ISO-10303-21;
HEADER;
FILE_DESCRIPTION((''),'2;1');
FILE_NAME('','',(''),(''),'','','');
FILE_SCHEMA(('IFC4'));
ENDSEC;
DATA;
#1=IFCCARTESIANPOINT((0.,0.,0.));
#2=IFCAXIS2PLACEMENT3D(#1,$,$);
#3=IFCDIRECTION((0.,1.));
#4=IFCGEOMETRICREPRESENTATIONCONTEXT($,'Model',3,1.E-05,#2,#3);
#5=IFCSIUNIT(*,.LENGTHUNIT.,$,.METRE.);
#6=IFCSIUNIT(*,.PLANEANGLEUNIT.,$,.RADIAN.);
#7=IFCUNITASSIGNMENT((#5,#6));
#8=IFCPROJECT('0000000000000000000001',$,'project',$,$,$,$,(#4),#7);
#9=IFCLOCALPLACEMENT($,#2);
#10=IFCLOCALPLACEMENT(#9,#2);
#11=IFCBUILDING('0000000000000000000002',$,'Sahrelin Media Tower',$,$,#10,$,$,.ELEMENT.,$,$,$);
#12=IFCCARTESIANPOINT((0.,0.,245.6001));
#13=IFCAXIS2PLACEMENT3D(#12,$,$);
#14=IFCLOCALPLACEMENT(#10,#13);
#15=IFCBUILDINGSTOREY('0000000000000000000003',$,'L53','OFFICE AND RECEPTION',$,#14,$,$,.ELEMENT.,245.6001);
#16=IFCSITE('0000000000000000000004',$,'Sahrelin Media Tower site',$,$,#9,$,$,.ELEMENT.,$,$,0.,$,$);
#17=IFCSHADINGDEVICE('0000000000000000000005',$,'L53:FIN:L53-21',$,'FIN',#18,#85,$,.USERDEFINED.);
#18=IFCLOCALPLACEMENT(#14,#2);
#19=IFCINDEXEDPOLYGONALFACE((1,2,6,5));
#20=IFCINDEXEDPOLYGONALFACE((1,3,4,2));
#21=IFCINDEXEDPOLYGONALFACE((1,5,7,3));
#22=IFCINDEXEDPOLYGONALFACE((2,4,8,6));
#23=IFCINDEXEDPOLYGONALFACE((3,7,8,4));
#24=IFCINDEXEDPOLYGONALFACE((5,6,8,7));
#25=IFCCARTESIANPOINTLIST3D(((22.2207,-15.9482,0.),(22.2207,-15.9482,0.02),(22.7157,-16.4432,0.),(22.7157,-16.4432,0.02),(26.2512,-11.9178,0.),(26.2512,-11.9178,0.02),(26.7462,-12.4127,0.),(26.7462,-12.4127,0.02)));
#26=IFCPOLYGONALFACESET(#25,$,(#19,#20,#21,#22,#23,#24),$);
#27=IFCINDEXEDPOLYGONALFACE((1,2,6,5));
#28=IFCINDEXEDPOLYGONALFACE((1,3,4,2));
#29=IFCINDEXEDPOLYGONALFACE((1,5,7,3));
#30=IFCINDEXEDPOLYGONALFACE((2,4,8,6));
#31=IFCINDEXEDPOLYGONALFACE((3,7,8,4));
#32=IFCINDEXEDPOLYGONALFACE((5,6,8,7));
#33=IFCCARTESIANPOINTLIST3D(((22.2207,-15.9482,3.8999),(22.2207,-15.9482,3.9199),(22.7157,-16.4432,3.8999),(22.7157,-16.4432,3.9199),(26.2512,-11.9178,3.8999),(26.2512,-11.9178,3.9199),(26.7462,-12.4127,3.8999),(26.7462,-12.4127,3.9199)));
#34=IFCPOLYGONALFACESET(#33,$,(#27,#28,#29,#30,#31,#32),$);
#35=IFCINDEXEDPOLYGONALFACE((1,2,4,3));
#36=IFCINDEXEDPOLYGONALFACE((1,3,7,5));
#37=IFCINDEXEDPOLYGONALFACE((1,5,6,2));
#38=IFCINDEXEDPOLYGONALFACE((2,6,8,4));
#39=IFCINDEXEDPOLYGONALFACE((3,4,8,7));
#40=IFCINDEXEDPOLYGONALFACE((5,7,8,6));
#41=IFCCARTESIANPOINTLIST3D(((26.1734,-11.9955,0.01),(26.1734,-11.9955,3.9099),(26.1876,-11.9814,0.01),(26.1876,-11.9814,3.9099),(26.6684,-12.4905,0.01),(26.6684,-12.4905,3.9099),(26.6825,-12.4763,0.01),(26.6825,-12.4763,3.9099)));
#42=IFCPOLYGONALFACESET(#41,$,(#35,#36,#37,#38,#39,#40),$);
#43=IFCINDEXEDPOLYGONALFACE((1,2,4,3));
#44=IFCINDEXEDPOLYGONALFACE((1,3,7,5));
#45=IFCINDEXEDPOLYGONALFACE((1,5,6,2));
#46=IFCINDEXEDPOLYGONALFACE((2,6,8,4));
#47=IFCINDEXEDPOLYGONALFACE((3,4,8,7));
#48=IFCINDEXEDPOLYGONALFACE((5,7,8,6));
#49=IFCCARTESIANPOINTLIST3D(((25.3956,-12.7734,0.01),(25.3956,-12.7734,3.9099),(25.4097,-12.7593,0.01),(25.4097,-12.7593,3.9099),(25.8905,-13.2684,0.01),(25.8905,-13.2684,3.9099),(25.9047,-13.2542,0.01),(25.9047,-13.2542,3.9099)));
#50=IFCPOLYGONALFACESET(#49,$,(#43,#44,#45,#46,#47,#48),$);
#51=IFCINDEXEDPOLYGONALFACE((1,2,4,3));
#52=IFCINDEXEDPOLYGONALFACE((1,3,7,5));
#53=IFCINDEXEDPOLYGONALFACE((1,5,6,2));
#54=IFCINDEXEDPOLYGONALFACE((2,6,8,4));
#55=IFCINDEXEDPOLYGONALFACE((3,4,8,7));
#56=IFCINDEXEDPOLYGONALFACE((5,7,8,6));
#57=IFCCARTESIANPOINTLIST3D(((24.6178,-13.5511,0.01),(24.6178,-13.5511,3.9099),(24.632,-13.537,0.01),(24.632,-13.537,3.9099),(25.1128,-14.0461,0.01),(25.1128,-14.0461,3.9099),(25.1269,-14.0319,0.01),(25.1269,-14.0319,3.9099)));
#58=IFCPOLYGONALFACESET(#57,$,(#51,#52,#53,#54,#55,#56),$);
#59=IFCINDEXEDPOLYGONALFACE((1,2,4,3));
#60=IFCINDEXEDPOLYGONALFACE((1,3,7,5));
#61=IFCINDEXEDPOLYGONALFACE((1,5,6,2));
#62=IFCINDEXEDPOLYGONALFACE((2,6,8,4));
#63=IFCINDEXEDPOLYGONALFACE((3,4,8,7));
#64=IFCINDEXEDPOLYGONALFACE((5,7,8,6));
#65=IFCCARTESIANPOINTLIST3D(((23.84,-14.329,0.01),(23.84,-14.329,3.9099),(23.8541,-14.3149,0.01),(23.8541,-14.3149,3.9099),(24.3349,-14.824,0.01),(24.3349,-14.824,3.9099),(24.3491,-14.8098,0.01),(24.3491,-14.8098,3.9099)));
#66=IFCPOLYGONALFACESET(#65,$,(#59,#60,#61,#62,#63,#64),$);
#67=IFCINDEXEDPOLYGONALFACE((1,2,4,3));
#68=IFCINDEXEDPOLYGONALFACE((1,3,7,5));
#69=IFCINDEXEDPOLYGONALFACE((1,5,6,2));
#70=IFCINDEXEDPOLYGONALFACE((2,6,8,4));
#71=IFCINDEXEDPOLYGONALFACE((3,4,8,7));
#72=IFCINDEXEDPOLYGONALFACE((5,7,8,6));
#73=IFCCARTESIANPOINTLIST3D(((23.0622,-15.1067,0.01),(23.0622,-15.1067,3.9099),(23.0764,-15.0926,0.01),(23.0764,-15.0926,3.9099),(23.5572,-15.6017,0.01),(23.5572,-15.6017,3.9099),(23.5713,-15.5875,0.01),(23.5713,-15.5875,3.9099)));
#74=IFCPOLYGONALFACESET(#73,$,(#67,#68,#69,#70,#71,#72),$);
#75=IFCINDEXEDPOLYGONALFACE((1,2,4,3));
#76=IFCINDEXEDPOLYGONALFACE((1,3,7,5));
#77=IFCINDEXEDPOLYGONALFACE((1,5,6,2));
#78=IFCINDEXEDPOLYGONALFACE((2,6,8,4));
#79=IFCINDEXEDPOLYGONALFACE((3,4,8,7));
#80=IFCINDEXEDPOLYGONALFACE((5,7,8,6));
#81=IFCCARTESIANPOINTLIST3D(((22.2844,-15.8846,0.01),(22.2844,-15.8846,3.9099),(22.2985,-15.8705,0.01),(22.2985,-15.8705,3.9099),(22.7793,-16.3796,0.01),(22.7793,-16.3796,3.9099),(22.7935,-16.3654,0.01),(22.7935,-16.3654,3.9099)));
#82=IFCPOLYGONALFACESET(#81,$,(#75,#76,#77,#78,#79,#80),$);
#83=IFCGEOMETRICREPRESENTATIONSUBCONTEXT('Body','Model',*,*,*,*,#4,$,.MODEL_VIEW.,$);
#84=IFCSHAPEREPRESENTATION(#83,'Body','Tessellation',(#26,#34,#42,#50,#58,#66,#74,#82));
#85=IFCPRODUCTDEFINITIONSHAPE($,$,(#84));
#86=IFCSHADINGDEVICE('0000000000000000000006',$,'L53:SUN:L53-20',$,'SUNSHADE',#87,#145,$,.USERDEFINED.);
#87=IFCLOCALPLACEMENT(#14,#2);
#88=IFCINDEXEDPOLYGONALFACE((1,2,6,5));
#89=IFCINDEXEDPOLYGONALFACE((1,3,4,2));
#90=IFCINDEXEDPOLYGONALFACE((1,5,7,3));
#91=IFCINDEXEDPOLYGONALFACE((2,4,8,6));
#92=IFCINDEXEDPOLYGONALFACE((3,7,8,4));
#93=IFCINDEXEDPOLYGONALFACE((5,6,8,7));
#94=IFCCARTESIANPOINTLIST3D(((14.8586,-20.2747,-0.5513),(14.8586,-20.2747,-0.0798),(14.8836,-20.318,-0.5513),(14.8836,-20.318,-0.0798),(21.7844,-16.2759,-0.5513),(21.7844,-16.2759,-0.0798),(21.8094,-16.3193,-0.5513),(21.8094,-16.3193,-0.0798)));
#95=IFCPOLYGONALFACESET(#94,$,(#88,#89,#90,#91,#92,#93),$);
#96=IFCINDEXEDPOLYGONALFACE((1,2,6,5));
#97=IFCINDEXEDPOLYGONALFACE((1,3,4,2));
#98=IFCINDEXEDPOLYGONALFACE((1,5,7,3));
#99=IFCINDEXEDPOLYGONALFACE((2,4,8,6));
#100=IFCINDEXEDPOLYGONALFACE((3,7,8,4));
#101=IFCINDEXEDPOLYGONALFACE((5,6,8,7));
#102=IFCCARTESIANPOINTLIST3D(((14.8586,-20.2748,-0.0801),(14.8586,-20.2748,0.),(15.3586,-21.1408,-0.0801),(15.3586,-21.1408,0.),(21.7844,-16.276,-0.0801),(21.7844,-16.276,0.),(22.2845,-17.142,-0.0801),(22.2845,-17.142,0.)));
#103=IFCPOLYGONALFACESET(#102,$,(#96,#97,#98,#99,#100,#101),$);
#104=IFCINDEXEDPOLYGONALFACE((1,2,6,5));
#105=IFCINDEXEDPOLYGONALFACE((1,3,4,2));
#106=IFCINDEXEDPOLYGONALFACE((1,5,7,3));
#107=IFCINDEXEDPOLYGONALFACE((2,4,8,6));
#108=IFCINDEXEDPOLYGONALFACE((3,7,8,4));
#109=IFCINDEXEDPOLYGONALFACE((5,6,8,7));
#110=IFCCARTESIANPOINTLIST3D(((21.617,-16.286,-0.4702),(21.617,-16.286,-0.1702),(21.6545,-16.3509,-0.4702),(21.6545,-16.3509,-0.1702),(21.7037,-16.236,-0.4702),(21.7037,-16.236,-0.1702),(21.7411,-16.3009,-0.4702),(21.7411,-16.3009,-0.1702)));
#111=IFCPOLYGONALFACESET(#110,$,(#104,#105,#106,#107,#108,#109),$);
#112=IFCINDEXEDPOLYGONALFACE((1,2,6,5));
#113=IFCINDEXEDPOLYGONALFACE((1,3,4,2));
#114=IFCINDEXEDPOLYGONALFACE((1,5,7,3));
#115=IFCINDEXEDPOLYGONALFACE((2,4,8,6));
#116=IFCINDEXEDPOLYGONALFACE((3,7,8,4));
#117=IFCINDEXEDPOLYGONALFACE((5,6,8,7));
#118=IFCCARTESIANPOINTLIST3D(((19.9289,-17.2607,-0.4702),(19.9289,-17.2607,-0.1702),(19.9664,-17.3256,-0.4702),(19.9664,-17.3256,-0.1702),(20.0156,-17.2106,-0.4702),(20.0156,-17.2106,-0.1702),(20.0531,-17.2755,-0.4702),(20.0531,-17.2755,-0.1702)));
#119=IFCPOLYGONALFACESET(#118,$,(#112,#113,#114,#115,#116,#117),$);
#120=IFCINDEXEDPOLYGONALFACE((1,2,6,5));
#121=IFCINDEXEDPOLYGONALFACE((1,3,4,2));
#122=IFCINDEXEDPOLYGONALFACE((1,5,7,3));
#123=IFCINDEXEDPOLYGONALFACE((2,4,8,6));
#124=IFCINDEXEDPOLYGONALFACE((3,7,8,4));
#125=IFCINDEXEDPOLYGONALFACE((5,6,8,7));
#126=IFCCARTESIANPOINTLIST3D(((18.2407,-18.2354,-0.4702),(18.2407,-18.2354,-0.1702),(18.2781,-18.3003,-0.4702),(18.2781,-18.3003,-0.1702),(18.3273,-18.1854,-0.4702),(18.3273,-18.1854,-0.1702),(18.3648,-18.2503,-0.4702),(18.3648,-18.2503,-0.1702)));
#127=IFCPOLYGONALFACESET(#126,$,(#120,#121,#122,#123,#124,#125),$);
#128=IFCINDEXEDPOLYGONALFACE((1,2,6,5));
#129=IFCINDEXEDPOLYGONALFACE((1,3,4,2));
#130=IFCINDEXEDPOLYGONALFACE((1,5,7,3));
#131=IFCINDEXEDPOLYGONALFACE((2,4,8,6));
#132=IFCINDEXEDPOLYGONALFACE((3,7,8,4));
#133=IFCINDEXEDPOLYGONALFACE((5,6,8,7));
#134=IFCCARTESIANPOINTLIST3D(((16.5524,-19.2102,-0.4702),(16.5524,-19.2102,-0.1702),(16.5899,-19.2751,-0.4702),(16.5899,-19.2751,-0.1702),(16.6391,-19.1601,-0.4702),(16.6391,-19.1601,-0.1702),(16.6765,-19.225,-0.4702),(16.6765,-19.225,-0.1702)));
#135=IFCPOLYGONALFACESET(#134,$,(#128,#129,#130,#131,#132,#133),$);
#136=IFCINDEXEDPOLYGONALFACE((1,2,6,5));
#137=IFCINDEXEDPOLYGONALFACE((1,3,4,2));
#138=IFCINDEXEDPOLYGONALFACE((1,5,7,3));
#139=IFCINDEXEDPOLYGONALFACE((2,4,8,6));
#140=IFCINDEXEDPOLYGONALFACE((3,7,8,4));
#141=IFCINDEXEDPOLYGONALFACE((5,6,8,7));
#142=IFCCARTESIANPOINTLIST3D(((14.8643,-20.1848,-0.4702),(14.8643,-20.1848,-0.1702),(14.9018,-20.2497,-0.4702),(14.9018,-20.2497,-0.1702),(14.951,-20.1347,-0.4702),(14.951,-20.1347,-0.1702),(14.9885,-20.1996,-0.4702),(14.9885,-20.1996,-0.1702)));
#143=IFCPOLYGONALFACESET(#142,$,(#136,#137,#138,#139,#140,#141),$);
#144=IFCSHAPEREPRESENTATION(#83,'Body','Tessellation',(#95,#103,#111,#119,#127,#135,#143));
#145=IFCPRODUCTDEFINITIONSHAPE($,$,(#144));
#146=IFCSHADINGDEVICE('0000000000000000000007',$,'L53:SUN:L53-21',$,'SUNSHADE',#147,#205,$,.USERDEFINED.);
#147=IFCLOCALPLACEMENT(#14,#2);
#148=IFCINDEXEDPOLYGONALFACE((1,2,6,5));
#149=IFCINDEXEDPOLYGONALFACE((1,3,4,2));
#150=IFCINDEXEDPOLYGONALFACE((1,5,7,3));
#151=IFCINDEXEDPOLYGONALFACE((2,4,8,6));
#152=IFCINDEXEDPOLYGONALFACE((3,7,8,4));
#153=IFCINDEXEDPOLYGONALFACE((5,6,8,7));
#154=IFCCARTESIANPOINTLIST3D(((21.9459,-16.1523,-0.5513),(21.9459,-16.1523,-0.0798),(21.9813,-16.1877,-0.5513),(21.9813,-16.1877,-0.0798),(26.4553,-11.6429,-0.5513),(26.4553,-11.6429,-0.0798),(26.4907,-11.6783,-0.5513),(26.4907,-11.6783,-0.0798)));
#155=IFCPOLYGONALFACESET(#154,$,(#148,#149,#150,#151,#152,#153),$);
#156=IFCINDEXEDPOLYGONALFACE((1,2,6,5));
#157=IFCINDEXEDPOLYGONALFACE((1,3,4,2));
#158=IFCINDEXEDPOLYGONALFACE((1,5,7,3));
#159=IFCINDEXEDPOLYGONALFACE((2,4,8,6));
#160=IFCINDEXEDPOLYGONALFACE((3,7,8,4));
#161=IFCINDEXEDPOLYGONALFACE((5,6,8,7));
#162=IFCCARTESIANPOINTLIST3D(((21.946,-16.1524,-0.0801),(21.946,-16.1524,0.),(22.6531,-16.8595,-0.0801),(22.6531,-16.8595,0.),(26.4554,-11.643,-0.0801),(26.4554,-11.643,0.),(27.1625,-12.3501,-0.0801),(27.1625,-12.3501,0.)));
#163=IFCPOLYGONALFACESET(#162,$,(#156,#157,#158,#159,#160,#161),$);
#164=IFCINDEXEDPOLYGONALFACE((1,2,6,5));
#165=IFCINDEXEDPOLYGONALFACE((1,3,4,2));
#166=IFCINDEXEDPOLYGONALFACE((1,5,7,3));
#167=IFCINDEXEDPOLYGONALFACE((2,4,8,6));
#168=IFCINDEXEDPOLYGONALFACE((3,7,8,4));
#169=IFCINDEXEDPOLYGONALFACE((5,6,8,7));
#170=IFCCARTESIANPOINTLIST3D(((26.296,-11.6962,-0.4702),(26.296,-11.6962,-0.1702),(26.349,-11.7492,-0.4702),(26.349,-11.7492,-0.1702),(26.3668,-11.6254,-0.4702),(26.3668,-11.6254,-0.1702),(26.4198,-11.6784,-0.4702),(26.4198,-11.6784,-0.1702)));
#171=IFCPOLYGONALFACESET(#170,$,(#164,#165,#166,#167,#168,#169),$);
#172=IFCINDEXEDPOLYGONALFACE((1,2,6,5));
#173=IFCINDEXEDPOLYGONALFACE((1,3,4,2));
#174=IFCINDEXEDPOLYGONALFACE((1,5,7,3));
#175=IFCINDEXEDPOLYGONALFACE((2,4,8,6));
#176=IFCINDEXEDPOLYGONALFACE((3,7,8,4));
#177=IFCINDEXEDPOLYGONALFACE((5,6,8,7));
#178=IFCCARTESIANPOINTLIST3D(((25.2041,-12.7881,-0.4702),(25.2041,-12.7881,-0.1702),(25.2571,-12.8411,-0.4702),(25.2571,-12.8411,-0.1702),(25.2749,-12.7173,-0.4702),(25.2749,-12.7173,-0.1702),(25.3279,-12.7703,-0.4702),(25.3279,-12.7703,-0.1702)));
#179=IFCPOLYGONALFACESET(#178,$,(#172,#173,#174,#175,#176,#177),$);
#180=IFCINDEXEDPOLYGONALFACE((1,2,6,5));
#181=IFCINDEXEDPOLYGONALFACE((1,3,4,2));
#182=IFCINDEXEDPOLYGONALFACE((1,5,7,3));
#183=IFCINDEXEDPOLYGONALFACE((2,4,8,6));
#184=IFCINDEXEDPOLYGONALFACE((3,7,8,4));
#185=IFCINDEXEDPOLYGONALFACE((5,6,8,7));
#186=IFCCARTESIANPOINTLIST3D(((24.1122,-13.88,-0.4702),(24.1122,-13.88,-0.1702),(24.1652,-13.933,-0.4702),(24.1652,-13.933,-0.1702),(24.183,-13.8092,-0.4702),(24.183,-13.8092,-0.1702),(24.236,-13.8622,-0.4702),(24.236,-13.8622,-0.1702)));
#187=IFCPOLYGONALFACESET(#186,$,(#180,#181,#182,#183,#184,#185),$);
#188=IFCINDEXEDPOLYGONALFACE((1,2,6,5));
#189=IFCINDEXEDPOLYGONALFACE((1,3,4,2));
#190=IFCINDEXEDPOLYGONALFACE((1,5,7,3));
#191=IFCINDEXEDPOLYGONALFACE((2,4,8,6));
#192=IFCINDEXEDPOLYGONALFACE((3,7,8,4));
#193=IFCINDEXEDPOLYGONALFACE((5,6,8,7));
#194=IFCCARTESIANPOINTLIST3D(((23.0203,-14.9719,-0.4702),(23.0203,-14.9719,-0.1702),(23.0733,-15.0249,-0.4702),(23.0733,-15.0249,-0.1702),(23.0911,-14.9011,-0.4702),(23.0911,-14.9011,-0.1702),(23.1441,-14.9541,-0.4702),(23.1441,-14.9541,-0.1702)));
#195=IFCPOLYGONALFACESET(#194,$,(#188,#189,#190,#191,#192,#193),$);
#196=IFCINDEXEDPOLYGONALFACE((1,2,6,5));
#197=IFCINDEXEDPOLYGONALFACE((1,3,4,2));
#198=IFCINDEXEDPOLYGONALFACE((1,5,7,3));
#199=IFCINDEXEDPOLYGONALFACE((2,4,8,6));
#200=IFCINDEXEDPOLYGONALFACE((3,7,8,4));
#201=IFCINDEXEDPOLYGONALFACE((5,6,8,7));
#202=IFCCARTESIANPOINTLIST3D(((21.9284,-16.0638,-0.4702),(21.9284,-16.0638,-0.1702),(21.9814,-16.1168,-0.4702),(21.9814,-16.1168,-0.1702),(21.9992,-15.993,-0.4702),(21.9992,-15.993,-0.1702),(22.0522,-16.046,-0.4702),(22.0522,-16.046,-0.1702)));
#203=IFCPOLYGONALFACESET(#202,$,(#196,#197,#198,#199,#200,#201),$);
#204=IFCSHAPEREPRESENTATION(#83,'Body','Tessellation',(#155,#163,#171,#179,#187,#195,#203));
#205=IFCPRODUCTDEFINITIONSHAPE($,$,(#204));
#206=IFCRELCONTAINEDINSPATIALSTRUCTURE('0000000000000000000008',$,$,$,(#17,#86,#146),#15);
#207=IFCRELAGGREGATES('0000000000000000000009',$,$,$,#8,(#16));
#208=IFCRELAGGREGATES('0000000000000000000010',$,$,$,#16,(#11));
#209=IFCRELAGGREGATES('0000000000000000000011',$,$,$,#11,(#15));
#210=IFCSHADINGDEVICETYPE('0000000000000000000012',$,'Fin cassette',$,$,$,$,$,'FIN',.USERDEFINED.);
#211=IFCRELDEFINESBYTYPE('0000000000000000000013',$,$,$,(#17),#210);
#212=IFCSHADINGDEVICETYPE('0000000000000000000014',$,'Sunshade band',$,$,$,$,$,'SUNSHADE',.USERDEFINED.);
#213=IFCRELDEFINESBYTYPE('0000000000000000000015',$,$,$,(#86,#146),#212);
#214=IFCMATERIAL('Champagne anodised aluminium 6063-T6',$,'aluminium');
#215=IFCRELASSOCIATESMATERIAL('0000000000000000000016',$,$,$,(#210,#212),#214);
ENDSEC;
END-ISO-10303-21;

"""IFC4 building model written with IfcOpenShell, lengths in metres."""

from ifc_helpers import new_model, si_unit, direction, frame, origin, origin_2d, place, context, subcontext, project, spatial, rectangle, extrude, material, type_object, element, save


model = new_model("IFC4")

# Units and contexts
model_context = context("Model", 3, precision=1e-05, world=origin(), true_north=direction((0.0, 1.0)))
body_context = subcontext(model_context, "Body", "Model", "MODEL_VIEW")
ifc_project = project(units=[si_unit("LENGTHUNIT", "METRE"), si_unit("PLANEANGLEUNIT", "RADIAN")], contexts=[model_context])

# Site, building, storey
site_placement = place(None, origin())
site = spatial("IfcSite", under=ifc_project, at=site_placement, Name="Sahrelin Media Tower site", CompositionType="ELEMENT", RefElevation=0.0)
building_placement = place(site_placement, origin())
building = spatial("IfcBuilding", under=site, at=building_placement, Name="Sahrelin Media Tower", CompositionType="ELEMENT")
storey_placement = place(building_placement, frame((0.0, 0.0, 245.6001)))
storey = spatial("IfcBuildingStorey", under=building, at=storey_placement, Name="L53", Description="OFFICE AND RECEPTION", CompositionType="ELEMENT", Elevation=245.6001)

# Shared definitions
ifc_material_1 = material(Name="Champagne anodised aluminium 6063-T6", Category="aluminium")

# Shading devices
shading_device_type_1 = type_object("IfcShadingDeviceType", Name="Fin cassette", ElementType="FIN", PredefinedType="USERDEFINED", material=ifc_material_1)
placement_1 = place(storey_placement, frame((18.3115, -18.2581, 0.0), z_axis=(0.0, 0.0, 1.0), x_axis=(-0.866019, -0.500011, 0.0)))
placement_2 = place(storey_placement, frame((24.1865, -13.8835, 0.0), z_axis=(0.0, 0.0, 1.0), x_axis=(-0.707107, -0.707107, 0.0)))
element("IfcShadingDevice", 1, at=placement_2, inside=storey, type_object=shading_device_type_1, Name="L53:FIN:L53-21", ObjectType="FIN", PredefinedType="USERDEFINED", context=body_context, shape_type="SweptSolid", body=[
    extrude(rectangle(XDim=5.7, YDim=0.7, at=origin_2d()), frame((0.0, 0.4199, 0.0)), (0.0, 0.0, 1.0), 0.02),
    extrude(rectangle(XDim=5.7, YDim=0.7, at=origin_2d()), frame((0.0, 0.4199, 3.8999)), (0.0, 0.0, 1.0), 0.02),
    extrude(rectangle(XDim=0.02, YDim=0.7, at=origin_2d()), frame((-2.75, 0.4199, 0.01), z_axis=(0.0, 0.0, 1.0), x_axis=(1.0, 0.0, 0.0)), (0.0, 0.0, 1.0), 3.8999),
    extrude(rectangle(XDim=0.02, YDim=0.7, at=origin_2d()), frame((-1.6499, 0.4199, 0.01), z_axis=(0.0, 0.0, 1.0), x_axis=(1.0, 0.0, 0.0)), (0.0, 0.0, 1.0), 3.8999),
    extrude(rectangle(XDim=0.02, YDim=0.7, at=origin_2d()), frame((-0.55, 0.4199, 0.01), z_axis=(0.0, 0.0, 1.0), x_axis=(1.0, 0.0, 0.0)), (0.0, 0.0, 1.0), 3.8999),
    extrude(rectangle(XDim=0.02, YDim=0.7, at=origin_2d()), frame((0.55, 0.4199, 0.01), z_axis=(0.0, 0.0, 1.0), x_axis=(1.0, 0.0, 0.0)), (0.0, 0.0, 1.0), 3.8999),
    extrude(rectangle(XDim=0.02, YDim=0.7, at=origin_2d()), frame((1.6499, 0.4199, 0.01), z_axis=(0.0, 0.0, 1.0), x_axis=(1.0, 0.0, 0.0)), (0.0, 0.0, 1.0), 3.8999),
    extrude(rectangle(XDim=0.02, YDim=0.7, at=origin_2d()), frame((2.75, 0.4199, 0.01), z_axis=(0.0, 0.0, 1.0), x_axis=(1.0, 0.0, 0.0)), (0.0, 0.0, 1.0), 3.8999),
])
shading_device_type_2 = type_object("IfcShadingDeviceType", Name="Sunshade band", ElementType="SUNSHADE", PredefinedType="USERDEFINED", material=ifc_material_1)
element("IfcShadingDevice", 2, at=placement_1, inside=storey, type_object=shading_device_type_2, Name="L53:SUN:L53-20", ObjectType="SUNSHADE", PredefinedType="USERDEFINED", context=body_context, shape_type="SweptSolid", body=[
    extrude(rectangle(XDim=7.9973, YDim=0.05, at=origin_2d()), frame((0.0, 0.0449, -0.5513)), (0.0, 0.0, 1.0), 0.4714),
    extrude(rectangle(XDim=7.9973, YDim=1.0, at=origin_2d()), frame((0.0, 0.52, -0.0801)), (0.0, 0.0, 1.0), 0.0801),
    extrude(rectangle(XDim=0.1001, YDim=0.075, at=origin_2d()), frame((-3.8987, -0.0176, -0.4702)), (0.0, 0.0, 1.0), 0.3),
    extrude(rectangle(XDim=0.1001, YDim=0.075, at=origin_2d()), frame((-1.9495, -0.0176, -0.4702)), (0.0, 0.0, 1.0), 0.3),
    extrude(rectangle(XDim=0.1001, YDim=0.075, at=origin_2d()), frame((0.0, -0.0176, -0.4702)), (0.0, 0.0, 1.0), 0.3),
    extrude(rectangle(XDim=0.1001, YDim=0.075, at=origin_2d()), frame((1.9495, -0.0176, -0.4702)), (0.0, 0.0, 1.0), 0.3),
    extrude(rectangle(XDim=0.1001, YDim=0.075, at=origin_2d()), frame((3.8987, -0.0176, -0.4702)), (0.0, 0.0, 1.0), 0.3),
])
element("IfcShadingDevice", 3, at=placement_2, inside=storey, type_object=shading_device_type_2, Name="L53:SUN:L53-21", ObjectType="SUNSHADE", PredefinedType="USERDEFINED", context=body_context, shape_type="SweptSolid", body=[
    extrude(rectangle(XDim=6.3772, YDim=0.05, at=origin_2d()), frame((0.0, 0.0449, -0.5513)), (0.0, 0.0, 1.0), 0.4714),
    extrude(rectangle(XDim=6.3772, YDim=1.0, at=origin_2d()), frame((0.0, 0.52, -0.0801)), (0.0, 0.0, 1.0), 0.0801),
    extrude(rectangle(XDim=0.1001, YDim=0.075, at=origin_2d()), frame((-3.0884, -0.0176, -0.4702)), (0.0, 0.0, 1.0), 0.3),
    extrude(rectangle(XDim=0.1001, YDim=0.075, at=origin_2d()), frame((-1.5442, -0.0176, -0.4702)), (0.0, 0.0, 1.0), 0.3),
    extrude(rectangle(XDim=0.1001, YDim=0.075, at=origin_2d()), frame((0.0, -0.0176, -0.4702)), (0.0, 0.0, 1.0), 0.3),
    extrude(rectangle(XDim=0.1001, YDim=0.075, at=origin_2d()), frame((1.5442, -0.0176, -0.4702)), (0.0, 0.0, 1.0), 0.3),
    extrude(rectangle(XDim=0.1001, YDim=0.075, at=origin_2d()), frame((3.0884, -0.0176, -0.4702)), (0.0, 0.0, 1.0), 0.3),
])

save(model, "model.ifc")
